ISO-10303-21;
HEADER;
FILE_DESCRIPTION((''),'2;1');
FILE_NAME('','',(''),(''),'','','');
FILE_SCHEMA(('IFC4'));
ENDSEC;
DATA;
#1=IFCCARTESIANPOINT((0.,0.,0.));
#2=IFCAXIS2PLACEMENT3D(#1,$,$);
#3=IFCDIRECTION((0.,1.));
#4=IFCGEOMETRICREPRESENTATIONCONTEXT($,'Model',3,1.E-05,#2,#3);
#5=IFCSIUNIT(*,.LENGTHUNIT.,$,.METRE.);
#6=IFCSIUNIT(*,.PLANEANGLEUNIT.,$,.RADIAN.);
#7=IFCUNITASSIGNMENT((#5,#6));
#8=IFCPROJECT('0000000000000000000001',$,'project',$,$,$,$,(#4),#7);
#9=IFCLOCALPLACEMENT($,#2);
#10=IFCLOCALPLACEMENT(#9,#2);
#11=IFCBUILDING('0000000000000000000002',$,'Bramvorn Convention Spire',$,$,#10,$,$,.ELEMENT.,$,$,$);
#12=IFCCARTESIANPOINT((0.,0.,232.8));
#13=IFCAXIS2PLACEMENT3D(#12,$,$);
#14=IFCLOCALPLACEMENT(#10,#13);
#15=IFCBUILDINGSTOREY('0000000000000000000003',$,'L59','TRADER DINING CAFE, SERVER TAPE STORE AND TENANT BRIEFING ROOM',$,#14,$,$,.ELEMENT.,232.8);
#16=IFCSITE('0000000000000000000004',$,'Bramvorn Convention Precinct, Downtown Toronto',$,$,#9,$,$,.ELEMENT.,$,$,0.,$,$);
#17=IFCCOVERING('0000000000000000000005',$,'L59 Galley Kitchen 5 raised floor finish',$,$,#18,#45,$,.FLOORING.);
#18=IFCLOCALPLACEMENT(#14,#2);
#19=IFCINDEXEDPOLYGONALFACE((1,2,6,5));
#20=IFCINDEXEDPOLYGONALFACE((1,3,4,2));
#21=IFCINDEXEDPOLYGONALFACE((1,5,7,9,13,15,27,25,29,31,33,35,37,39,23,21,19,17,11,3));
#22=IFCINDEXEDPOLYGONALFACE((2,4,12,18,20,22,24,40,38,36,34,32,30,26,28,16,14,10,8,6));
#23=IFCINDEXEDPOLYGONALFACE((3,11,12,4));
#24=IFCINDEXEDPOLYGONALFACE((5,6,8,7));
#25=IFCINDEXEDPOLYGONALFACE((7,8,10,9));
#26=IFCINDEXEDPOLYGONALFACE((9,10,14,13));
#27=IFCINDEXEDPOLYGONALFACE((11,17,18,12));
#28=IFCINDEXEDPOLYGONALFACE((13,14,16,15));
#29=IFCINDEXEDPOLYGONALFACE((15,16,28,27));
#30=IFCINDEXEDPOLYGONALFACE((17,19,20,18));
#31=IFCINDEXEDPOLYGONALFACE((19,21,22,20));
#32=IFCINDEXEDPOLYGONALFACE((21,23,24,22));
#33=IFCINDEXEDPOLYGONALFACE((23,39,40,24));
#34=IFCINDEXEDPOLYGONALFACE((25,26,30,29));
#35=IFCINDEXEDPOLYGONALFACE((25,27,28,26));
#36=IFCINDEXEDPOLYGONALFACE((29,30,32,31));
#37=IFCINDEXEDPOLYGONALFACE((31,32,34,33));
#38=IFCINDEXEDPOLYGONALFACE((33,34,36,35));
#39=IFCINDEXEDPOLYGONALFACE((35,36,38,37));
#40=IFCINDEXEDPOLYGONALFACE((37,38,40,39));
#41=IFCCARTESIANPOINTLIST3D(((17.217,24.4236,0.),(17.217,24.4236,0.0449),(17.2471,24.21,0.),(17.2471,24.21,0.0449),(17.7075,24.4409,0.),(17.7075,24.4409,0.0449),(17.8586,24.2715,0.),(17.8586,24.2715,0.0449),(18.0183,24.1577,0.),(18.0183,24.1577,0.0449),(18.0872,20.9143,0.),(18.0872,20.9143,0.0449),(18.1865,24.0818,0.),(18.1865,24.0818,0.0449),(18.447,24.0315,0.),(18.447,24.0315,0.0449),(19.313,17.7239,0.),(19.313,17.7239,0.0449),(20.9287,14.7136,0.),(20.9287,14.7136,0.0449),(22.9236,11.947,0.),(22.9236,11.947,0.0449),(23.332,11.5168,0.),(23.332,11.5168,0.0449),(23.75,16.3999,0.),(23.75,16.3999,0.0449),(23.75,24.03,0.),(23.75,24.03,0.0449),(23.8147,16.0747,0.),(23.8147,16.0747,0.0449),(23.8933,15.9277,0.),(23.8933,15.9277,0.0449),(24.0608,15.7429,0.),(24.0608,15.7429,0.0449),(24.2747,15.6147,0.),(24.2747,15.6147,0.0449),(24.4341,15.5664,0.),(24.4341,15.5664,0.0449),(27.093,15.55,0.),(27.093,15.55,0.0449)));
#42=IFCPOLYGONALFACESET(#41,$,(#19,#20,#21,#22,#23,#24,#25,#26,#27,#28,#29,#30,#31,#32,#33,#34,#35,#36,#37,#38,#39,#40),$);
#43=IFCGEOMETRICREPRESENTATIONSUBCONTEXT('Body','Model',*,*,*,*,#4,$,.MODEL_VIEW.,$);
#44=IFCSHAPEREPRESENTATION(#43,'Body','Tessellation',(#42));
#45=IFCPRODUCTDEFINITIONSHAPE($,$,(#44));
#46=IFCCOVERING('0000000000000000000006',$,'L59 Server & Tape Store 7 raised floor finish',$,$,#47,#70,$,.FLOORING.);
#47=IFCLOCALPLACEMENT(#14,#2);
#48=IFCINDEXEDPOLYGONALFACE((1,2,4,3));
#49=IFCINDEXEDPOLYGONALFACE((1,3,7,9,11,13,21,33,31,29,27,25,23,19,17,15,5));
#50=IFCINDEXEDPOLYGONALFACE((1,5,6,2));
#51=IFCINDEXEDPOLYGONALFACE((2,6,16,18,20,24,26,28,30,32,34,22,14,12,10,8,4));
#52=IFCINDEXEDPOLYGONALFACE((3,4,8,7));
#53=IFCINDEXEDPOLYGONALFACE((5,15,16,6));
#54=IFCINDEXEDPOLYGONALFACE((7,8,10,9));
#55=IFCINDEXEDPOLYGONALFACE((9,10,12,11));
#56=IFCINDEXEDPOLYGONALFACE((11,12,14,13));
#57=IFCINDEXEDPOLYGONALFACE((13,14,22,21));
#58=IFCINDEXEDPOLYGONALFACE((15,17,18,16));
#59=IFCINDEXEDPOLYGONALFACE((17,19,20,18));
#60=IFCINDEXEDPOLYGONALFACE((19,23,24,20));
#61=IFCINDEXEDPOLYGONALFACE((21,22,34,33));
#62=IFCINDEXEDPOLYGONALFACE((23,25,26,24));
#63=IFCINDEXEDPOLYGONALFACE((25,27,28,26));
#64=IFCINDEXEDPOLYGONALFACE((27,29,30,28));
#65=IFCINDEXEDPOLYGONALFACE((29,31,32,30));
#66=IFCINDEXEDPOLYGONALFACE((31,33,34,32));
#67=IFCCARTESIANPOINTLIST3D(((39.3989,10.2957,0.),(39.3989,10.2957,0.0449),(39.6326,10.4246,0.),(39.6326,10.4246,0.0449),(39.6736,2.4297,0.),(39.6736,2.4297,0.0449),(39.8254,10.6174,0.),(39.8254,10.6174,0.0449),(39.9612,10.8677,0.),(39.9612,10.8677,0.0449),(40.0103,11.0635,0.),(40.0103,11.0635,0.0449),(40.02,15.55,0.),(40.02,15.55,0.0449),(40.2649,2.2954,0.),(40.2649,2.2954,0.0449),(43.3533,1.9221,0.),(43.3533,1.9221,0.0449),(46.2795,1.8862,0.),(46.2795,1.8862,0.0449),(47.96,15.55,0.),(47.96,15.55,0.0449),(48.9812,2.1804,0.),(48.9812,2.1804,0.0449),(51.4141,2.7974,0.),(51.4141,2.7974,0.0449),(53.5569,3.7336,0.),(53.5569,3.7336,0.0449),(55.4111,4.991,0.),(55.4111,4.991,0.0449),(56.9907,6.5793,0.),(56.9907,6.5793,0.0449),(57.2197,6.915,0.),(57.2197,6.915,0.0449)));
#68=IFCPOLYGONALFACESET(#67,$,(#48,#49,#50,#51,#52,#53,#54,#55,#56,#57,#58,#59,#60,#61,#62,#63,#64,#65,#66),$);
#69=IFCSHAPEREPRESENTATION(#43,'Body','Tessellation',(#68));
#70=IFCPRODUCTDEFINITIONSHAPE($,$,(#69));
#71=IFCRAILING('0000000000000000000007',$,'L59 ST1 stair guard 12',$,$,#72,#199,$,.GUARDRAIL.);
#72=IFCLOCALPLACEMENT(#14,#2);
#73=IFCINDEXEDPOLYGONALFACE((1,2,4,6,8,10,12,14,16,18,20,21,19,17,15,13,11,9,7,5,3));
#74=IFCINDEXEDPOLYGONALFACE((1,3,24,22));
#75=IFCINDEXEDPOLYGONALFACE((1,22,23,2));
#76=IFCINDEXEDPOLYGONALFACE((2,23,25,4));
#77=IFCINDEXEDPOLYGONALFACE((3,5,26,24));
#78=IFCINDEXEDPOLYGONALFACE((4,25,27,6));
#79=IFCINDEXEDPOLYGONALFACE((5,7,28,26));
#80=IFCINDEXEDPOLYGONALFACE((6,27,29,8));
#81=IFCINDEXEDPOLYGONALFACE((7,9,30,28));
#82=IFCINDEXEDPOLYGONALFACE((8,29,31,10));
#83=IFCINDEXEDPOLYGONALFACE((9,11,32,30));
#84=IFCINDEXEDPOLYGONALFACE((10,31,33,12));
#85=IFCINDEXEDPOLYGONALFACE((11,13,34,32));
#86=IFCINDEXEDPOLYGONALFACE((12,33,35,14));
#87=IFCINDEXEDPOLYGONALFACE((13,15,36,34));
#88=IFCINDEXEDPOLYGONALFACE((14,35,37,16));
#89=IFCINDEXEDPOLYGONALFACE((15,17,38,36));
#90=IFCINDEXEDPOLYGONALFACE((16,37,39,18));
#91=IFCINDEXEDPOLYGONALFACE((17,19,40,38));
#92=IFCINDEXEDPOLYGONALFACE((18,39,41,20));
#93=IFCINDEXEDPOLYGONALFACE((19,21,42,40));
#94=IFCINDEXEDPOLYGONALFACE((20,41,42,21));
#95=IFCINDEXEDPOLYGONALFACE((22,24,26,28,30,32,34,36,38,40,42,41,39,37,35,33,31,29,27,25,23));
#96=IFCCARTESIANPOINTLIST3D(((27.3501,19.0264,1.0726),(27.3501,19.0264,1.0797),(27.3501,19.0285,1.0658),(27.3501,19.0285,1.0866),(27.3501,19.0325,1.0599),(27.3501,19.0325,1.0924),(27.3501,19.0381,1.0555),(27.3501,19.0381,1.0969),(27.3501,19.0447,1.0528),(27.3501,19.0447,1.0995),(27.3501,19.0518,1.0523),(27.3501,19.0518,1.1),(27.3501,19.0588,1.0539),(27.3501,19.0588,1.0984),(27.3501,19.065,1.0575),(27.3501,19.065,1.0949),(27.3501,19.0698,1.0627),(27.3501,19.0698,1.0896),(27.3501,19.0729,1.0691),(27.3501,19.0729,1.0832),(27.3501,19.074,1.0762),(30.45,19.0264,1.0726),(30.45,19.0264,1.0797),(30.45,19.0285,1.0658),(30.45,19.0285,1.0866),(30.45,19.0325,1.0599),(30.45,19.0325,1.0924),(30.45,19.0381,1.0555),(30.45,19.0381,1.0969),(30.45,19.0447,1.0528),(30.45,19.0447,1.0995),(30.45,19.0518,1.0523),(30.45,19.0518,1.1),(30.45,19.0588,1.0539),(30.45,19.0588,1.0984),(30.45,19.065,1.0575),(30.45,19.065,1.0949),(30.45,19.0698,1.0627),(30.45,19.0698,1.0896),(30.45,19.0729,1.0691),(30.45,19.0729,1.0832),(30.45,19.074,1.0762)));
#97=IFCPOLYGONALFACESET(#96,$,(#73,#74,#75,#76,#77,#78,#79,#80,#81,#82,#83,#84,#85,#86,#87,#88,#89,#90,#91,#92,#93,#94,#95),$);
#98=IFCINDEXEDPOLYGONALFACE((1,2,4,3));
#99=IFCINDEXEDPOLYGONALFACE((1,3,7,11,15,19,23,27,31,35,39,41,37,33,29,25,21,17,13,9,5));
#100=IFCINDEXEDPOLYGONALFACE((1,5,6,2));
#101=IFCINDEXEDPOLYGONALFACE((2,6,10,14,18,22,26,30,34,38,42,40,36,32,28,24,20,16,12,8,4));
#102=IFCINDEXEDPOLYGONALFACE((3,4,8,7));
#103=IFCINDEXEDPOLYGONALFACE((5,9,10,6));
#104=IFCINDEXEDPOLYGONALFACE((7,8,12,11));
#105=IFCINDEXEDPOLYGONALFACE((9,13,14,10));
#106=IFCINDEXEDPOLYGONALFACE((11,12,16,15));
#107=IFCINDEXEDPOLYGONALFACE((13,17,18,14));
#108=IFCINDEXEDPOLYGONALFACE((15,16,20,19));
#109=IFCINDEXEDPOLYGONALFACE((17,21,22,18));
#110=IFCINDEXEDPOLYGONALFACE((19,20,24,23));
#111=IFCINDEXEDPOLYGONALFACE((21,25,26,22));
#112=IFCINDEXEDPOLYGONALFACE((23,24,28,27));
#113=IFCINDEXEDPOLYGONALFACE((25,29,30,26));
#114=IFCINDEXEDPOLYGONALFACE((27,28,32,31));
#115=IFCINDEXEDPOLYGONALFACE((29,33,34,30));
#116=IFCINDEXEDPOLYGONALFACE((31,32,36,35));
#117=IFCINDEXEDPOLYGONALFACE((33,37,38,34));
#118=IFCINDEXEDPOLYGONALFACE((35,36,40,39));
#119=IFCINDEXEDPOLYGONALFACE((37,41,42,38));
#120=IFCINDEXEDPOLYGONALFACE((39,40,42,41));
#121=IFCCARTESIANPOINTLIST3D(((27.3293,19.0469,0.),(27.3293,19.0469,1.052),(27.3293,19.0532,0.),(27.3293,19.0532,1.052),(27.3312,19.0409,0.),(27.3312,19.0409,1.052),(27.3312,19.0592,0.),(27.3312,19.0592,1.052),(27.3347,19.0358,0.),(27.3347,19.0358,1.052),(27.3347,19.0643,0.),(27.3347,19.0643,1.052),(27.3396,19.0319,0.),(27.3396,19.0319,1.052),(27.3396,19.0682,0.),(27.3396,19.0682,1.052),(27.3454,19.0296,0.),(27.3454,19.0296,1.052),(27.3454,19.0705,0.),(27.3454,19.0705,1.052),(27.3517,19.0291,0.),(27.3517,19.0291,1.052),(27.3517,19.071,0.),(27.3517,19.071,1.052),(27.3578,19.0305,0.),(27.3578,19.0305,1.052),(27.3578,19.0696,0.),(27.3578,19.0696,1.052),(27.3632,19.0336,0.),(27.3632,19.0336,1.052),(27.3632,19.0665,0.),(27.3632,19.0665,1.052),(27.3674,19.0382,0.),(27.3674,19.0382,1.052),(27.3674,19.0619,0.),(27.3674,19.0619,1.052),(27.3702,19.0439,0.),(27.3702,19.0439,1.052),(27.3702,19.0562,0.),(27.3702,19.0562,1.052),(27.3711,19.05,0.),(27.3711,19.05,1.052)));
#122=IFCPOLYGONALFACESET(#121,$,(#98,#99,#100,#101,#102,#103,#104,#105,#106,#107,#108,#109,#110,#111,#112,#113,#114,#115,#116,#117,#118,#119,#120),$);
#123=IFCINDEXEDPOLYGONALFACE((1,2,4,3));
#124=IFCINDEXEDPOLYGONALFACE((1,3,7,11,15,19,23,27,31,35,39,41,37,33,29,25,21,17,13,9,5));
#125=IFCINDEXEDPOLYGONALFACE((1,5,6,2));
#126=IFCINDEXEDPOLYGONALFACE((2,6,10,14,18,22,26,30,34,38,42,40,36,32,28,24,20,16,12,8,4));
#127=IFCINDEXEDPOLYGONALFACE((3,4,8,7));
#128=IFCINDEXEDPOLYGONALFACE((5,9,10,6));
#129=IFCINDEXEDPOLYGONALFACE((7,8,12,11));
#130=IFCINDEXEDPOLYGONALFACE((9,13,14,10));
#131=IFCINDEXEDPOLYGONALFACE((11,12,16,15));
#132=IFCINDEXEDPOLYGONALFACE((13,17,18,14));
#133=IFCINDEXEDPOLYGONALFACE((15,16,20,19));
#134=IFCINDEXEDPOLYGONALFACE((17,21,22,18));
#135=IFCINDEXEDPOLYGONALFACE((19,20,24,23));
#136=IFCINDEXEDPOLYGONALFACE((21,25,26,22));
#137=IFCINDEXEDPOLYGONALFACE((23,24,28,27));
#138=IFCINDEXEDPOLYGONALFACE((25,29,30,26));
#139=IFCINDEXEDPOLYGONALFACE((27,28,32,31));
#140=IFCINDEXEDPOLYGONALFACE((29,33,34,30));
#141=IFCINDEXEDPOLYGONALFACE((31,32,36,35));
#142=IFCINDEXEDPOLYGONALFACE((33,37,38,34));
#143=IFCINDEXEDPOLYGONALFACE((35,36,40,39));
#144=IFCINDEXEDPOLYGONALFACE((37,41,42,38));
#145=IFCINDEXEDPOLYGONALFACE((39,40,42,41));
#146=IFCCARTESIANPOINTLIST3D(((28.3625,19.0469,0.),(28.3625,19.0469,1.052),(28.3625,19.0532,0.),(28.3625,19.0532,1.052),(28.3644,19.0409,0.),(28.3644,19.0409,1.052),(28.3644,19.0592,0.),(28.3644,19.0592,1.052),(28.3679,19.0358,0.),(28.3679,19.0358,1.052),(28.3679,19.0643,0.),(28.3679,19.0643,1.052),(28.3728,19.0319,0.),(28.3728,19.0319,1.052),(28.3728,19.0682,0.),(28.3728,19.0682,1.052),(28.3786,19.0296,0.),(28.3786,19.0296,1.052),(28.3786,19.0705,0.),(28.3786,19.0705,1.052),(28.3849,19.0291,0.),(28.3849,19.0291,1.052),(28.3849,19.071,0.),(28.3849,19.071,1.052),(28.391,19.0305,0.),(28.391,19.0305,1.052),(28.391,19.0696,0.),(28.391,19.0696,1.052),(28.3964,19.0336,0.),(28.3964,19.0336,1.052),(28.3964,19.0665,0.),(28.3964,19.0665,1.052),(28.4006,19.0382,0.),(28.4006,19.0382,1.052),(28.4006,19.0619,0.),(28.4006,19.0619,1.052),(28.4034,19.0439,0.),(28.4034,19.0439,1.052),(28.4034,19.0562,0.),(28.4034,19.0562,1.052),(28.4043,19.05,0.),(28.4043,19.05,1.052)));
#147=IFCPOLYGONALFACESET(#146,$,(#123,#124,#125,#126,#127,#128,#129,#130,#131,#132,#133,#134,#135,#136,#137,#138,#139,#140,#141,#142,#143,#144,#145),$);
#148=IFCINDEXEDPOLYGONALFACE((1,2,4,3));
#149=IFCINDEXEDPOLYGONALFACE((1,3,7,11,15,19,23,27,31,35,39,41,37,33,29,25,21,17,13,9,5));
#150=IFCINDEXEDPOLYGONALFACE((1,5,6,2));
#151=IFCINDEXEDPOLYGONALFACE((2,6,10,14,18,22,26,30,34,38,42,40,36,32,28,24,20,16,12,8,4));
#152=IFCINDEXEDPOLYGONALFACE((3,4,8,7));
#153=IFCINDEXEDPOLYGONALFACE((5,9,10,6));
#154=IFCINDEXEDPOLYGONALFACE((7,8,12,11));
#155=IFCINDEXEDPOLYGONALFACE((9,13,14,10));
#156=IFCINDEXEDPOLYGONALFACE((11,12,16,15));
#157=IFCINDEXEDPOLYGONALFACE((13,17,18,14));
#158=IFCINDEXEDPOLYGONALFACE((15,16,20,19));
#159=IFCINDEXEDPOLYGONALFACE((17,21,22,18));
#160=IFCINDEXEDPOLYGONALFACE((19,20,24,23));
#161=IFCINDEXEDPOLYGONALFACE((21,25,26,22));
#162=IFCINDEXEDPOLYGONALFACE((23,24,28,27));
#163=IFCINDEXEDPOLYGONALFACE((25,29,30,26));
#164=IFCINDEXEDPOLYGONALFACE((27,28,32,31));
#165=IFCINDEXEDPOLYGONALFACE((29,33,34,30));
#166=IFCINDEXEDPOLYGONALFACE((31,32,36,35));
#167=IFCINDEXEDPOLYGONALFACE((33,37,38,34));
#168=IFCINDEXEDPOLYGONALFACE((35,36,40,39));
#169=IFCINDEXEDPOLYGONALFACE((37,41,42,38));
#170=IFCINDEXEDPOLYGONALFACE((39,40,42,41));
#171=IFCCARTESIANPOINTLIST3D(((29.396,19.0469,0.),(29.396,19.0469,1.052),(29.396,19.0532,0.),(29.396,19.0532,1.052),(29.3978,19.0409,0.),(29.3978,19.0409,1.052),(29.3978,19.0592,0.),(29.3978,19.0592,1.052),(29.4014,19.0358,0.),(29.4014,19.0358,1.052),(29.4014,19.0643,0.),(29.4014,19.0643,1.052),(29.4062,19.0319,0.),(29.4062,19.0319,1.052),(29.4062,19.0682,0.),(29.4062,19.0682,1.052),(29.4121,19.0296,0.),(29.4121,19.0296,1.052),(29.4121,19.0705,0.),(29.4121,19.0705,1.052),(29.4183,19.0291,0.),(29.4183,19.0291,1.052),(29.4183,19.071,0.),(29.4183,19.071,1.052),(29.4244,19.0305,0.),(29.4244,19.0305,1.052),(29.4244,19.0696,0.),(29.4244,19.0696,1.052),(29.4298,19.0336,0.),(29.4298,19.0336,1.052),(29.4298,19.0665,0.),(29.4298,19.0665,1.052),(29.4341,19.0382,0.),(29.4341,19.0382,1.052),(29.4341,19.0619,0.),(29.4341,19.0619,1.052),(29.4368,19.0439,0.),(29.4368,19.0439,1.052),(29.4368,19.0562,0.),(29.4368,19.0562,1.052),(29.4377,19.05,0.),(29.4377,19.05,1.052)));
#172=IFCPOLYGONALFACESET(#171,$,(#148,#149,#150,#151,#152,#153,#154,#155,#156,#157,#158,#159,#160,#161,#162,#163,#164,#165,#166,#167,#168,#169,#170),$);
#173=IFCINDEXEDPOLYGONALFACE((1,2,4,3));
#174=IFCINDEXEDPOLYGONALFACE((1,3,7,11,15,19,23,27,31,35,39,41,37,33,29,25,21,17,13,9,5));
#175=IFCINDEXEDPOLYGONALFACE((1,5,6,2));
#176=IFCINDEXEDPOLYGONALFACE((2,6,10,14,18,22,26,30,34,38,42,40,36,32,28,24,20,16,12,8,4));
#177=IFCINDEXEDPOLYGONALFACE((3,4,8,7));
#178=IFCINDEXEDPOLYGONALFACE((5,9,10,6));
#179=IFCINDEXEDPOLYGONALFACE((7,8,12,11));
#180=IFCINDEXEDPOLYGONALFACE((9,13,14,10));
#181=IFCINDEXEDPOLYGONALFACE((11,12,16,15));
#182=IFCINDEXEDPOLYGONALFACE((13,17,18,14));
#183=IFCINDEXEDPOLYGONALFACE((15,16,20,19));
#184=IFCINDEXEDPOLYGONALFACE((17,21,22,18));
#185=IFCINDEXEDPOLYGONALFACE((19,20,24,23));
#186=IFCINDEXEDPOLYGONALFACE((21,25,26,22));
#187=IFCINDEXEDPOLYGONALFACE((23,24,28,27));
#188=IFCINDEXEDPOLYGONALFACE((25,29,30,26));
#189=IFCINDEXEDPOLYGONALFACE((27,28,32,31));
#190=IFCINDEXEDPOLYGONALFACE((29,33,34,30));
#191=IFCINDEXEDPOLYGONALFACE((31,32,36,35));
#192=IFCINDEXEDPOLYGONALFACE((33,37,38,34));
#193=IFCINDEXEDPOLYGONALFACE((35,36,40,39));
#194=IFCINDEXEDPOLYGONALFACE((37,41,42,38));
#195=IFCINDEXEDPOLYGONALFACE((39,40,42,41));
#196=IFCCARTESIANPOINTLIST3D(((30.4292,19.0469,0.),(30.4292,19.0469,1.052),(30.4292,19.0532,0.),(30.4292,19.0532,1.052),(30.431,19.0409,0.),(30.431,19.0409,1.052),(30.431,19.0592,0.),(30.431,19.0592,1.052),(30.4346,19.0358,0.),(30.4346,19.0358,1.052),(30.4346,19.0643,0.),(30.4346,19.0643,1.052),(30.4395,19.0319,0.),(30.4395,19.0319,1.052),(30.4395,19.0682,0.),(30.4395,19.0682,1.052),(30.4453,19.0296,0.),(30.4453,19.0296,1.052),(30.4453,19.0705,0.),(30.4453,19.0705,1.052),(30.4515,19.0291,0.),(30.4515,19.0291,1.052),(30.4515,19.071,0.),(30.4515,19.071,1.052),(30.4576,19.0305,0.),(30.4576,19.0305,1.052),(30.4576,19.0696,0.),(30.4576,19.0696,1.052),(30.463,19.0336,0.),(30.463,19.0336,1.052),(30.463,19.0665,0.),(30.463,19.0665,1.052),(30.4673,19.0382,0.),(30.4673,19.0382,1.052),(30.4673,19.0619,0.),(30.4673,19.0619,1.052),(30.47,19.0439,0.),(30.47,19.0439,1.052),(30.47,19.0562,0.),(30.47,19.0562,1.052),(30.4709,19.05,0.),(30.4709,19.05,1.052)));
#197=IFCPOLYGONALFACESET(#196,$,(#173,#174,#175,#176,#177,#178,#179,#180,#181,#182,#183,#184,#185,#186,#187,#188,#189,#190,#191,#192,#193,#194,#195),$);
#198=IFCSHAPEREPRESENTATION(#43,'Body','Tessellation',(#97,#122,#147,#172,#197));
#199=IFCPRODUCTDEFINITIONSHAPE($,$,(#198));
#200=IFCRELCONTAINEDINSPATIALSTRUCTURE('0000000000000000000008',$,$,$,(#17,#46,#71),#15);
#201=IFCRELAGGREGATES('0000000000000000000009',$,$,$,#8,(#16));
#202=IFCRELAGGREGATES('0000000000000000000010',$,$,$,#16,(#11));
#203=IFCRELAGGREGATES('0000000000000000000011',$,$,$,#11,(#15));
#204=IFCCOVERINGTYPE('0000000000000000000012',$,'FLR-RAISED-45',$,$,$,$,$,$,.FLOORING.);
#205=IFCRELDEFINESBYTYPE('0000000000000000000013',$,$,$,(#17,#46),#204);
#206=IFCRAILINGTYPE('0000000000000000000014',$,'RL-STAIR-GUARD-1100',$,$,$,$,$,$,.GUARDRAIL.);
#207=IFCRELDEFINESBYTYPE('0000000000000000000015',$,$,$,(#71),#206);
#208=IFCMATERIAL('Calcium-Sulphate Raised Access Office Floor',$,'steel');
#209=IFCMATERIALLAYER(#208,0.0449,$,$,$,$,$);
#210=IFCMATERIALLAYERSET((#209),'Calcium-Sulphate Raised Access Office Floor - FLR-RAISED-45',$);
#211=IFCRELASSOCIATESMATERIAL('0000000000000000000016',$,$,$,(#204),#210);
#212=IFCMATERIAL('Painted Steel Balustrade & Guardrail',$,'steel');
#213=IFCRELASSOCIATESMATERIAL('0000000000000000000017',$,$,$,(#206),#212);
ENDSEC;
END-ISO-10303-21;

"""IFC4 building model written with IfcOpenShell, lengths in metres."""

from ifc_helpers import new_model, si_unit, direction, frame, origin, origin_2d, place, context, subcontext, project, spatial, polyline, circle, outline, extrude, material, layer, layer_set, type_object, element, save


model = new_model("IFC4")

# Units and contexts
model_context = context("Model", 3, precision=1e-05, world=origin(), true_north=direction((0.0, 1.0)))
body_context = subcontext(model_context, "Body", "Model", "MODEL_VIEW")
ifc_project = project(units=[si_unit("LENGTHUNIT", "METRE"), si_unit("PLANEANGLEUNIT", "RADIAN")], contexts=[model_context])

# Site, building, storey
site_placement = place(None, origin())
site = spatial("IfcSite", under=ifc_project, at=site_placement, Name="Bramvorn Convention Precinct, Downtown Toronto", CompositionType="ELEMENT", RefElevation=0.0)
building_placement = place(site_placement, origin())
building = spatial("IfcBuilding", under=site, at=building_placement, Name="Bramvorn Convention Spire", CompositionType="ELEMENT")
storey_placement = place(building_placement, frame((0.0, 0.0, 232.8)))
storey = spatial("IfcBuildingStorey", under=building, at=storey_placement, Name="L59", Description="TRADER DINING CAFE, SERVER TAPE STORE AND TENANT BRIEFING ROOM", CompositionType="ELEMENT", Elevation=232.8)

# Coverings
ifc_material_1 = material(Name="Calcium-Sulphate Raised Access Office Floor", Category="steel")
ifc_layer_1 = layer(ifc_material_1, 0.0449)
ifc_layer_set_1 = layer_set([ifc_layer_1], Name="Calcium-Sulphate Raised Access Office Floor - FLR-RAISED-45")
covering_type = type_object("IfcCoveringType", Name="FLR-RAISED-45", PredefinedType="FLOORING", material=ifc_layer_set_1)
covering_1_placement = place(storey_placement, origin())
element("IfcCovering", 1, at=covering_1_placement, inside=storey, type_object=covering_type, Name="L59 Galley Kitchen 5 raised floor finish", PredefinedType="FLOORING", context=body_context, shape_type="SweptSolid", body=[
    extrude(outline(polyline([(17.217, 24.4236), (17.2471, 24.21), (18.0872, 20.9143), (19.313, 17.7239), (20.9287, 14.7136), (22.9236, 11.947), (23.332, 11.5168), (27.093, 15.55), (24.4341, 15.5664), (24.2747, 15.6147), (24.0608, 15.7429), (23.8933, 15.9277), (23.8147, 16.0747), (23.75, 16.3999), (23.75, 24.03), (18.447, 24.0315), (18.1865, 24.0818), (18.0183, 24.1577), (17.8586, 24.2715), (17.7075, 24.4409), (17.217, 24.4236)])), origin(), (0.0, 0.0, 1.0), 0.0449),
])
covering_2_placement = place(storey_placement, origin())
element("IfcCovering", 2, at=covering_2_placement, inside=storey, type_object=covering_type, Name="L59 Server & Tape Store 7 raised floor finish", PredefinedType="FLOORING", context=body_context, shape_type="SweptSolid", body=[
    extrude(outline(polyline([(39.6736, 2.4297), (40.2649, 2.2954), (43.3533, 1.9221), (46.2795, 1.8862), (48.9812, 2.1804), (51.4141, 2.7974), (53.5569, 3.7336), (55.4111, 4.991), (56.9907, 6.5793), (57.2197, 6.915), (47.96, 15.55), (40.02, 15.55), (40.0103, 11.0635), (39.9612, 10.8677), (39.8254, 10.6174), (39.6326, 10.4246), (39.3989, 10.2957), (39.6736, 2.4297)])), origin(), (0.0, 0.0, 1.0), 0.0449),
])

# Railing
ifc_material_2 = material(Name="Painted Steel Balustrade & Guardrail", Category="steel")
railing_type = type_object("IfcRailingType", Name="RL-STAIR-GUARD-1100", PredefinedType="GUARDRAIL", material=ifc_material_2)
railing_placement = place(storey_placement, frame((27.3501, 19.05, 0.0)))
element("IfcRailing", 3, at=railing_placement, inside=storey, type_object=railing_type, Name="L59 ST1 stair guard 12", PredefinedType="GUARDRAIL", context=body_context, shape_type="SweptSolid", body=[
    extrude(circle(Radius=0.0239, at=origin_2d()), frame((0.0, 0.0, 1.0762), z_axis=(1.0, 0.0, 0.0), x_axis=(0.0, 1.0, 0.0)), (0.0, 0.0, 1.0), 3.0999),
    extrude(circle(Radius=0.021, at=origin_2d()), origin(), (0.0, 0.0, 1.0), 1.052),
    extrude(circle(Radius=0.021, at=origin_2d()), frame((1.0332, 0.0, 0.0)), (0.0, 0.0, 1.0), 1.052),
    extrude(circle(Radius=0.021, at=origin_2d()), frame((2.0667, 0.0, 0.0)), (0.0, 0.0, 1.0), 1.052),
    extrude(circle(Radius=0.021, at=origin_2d()), frame((3.0999, 0.0, 0.0)), (0.0, 0.0, 1.0), 1.052),
])

save(model, "model.ifc")
